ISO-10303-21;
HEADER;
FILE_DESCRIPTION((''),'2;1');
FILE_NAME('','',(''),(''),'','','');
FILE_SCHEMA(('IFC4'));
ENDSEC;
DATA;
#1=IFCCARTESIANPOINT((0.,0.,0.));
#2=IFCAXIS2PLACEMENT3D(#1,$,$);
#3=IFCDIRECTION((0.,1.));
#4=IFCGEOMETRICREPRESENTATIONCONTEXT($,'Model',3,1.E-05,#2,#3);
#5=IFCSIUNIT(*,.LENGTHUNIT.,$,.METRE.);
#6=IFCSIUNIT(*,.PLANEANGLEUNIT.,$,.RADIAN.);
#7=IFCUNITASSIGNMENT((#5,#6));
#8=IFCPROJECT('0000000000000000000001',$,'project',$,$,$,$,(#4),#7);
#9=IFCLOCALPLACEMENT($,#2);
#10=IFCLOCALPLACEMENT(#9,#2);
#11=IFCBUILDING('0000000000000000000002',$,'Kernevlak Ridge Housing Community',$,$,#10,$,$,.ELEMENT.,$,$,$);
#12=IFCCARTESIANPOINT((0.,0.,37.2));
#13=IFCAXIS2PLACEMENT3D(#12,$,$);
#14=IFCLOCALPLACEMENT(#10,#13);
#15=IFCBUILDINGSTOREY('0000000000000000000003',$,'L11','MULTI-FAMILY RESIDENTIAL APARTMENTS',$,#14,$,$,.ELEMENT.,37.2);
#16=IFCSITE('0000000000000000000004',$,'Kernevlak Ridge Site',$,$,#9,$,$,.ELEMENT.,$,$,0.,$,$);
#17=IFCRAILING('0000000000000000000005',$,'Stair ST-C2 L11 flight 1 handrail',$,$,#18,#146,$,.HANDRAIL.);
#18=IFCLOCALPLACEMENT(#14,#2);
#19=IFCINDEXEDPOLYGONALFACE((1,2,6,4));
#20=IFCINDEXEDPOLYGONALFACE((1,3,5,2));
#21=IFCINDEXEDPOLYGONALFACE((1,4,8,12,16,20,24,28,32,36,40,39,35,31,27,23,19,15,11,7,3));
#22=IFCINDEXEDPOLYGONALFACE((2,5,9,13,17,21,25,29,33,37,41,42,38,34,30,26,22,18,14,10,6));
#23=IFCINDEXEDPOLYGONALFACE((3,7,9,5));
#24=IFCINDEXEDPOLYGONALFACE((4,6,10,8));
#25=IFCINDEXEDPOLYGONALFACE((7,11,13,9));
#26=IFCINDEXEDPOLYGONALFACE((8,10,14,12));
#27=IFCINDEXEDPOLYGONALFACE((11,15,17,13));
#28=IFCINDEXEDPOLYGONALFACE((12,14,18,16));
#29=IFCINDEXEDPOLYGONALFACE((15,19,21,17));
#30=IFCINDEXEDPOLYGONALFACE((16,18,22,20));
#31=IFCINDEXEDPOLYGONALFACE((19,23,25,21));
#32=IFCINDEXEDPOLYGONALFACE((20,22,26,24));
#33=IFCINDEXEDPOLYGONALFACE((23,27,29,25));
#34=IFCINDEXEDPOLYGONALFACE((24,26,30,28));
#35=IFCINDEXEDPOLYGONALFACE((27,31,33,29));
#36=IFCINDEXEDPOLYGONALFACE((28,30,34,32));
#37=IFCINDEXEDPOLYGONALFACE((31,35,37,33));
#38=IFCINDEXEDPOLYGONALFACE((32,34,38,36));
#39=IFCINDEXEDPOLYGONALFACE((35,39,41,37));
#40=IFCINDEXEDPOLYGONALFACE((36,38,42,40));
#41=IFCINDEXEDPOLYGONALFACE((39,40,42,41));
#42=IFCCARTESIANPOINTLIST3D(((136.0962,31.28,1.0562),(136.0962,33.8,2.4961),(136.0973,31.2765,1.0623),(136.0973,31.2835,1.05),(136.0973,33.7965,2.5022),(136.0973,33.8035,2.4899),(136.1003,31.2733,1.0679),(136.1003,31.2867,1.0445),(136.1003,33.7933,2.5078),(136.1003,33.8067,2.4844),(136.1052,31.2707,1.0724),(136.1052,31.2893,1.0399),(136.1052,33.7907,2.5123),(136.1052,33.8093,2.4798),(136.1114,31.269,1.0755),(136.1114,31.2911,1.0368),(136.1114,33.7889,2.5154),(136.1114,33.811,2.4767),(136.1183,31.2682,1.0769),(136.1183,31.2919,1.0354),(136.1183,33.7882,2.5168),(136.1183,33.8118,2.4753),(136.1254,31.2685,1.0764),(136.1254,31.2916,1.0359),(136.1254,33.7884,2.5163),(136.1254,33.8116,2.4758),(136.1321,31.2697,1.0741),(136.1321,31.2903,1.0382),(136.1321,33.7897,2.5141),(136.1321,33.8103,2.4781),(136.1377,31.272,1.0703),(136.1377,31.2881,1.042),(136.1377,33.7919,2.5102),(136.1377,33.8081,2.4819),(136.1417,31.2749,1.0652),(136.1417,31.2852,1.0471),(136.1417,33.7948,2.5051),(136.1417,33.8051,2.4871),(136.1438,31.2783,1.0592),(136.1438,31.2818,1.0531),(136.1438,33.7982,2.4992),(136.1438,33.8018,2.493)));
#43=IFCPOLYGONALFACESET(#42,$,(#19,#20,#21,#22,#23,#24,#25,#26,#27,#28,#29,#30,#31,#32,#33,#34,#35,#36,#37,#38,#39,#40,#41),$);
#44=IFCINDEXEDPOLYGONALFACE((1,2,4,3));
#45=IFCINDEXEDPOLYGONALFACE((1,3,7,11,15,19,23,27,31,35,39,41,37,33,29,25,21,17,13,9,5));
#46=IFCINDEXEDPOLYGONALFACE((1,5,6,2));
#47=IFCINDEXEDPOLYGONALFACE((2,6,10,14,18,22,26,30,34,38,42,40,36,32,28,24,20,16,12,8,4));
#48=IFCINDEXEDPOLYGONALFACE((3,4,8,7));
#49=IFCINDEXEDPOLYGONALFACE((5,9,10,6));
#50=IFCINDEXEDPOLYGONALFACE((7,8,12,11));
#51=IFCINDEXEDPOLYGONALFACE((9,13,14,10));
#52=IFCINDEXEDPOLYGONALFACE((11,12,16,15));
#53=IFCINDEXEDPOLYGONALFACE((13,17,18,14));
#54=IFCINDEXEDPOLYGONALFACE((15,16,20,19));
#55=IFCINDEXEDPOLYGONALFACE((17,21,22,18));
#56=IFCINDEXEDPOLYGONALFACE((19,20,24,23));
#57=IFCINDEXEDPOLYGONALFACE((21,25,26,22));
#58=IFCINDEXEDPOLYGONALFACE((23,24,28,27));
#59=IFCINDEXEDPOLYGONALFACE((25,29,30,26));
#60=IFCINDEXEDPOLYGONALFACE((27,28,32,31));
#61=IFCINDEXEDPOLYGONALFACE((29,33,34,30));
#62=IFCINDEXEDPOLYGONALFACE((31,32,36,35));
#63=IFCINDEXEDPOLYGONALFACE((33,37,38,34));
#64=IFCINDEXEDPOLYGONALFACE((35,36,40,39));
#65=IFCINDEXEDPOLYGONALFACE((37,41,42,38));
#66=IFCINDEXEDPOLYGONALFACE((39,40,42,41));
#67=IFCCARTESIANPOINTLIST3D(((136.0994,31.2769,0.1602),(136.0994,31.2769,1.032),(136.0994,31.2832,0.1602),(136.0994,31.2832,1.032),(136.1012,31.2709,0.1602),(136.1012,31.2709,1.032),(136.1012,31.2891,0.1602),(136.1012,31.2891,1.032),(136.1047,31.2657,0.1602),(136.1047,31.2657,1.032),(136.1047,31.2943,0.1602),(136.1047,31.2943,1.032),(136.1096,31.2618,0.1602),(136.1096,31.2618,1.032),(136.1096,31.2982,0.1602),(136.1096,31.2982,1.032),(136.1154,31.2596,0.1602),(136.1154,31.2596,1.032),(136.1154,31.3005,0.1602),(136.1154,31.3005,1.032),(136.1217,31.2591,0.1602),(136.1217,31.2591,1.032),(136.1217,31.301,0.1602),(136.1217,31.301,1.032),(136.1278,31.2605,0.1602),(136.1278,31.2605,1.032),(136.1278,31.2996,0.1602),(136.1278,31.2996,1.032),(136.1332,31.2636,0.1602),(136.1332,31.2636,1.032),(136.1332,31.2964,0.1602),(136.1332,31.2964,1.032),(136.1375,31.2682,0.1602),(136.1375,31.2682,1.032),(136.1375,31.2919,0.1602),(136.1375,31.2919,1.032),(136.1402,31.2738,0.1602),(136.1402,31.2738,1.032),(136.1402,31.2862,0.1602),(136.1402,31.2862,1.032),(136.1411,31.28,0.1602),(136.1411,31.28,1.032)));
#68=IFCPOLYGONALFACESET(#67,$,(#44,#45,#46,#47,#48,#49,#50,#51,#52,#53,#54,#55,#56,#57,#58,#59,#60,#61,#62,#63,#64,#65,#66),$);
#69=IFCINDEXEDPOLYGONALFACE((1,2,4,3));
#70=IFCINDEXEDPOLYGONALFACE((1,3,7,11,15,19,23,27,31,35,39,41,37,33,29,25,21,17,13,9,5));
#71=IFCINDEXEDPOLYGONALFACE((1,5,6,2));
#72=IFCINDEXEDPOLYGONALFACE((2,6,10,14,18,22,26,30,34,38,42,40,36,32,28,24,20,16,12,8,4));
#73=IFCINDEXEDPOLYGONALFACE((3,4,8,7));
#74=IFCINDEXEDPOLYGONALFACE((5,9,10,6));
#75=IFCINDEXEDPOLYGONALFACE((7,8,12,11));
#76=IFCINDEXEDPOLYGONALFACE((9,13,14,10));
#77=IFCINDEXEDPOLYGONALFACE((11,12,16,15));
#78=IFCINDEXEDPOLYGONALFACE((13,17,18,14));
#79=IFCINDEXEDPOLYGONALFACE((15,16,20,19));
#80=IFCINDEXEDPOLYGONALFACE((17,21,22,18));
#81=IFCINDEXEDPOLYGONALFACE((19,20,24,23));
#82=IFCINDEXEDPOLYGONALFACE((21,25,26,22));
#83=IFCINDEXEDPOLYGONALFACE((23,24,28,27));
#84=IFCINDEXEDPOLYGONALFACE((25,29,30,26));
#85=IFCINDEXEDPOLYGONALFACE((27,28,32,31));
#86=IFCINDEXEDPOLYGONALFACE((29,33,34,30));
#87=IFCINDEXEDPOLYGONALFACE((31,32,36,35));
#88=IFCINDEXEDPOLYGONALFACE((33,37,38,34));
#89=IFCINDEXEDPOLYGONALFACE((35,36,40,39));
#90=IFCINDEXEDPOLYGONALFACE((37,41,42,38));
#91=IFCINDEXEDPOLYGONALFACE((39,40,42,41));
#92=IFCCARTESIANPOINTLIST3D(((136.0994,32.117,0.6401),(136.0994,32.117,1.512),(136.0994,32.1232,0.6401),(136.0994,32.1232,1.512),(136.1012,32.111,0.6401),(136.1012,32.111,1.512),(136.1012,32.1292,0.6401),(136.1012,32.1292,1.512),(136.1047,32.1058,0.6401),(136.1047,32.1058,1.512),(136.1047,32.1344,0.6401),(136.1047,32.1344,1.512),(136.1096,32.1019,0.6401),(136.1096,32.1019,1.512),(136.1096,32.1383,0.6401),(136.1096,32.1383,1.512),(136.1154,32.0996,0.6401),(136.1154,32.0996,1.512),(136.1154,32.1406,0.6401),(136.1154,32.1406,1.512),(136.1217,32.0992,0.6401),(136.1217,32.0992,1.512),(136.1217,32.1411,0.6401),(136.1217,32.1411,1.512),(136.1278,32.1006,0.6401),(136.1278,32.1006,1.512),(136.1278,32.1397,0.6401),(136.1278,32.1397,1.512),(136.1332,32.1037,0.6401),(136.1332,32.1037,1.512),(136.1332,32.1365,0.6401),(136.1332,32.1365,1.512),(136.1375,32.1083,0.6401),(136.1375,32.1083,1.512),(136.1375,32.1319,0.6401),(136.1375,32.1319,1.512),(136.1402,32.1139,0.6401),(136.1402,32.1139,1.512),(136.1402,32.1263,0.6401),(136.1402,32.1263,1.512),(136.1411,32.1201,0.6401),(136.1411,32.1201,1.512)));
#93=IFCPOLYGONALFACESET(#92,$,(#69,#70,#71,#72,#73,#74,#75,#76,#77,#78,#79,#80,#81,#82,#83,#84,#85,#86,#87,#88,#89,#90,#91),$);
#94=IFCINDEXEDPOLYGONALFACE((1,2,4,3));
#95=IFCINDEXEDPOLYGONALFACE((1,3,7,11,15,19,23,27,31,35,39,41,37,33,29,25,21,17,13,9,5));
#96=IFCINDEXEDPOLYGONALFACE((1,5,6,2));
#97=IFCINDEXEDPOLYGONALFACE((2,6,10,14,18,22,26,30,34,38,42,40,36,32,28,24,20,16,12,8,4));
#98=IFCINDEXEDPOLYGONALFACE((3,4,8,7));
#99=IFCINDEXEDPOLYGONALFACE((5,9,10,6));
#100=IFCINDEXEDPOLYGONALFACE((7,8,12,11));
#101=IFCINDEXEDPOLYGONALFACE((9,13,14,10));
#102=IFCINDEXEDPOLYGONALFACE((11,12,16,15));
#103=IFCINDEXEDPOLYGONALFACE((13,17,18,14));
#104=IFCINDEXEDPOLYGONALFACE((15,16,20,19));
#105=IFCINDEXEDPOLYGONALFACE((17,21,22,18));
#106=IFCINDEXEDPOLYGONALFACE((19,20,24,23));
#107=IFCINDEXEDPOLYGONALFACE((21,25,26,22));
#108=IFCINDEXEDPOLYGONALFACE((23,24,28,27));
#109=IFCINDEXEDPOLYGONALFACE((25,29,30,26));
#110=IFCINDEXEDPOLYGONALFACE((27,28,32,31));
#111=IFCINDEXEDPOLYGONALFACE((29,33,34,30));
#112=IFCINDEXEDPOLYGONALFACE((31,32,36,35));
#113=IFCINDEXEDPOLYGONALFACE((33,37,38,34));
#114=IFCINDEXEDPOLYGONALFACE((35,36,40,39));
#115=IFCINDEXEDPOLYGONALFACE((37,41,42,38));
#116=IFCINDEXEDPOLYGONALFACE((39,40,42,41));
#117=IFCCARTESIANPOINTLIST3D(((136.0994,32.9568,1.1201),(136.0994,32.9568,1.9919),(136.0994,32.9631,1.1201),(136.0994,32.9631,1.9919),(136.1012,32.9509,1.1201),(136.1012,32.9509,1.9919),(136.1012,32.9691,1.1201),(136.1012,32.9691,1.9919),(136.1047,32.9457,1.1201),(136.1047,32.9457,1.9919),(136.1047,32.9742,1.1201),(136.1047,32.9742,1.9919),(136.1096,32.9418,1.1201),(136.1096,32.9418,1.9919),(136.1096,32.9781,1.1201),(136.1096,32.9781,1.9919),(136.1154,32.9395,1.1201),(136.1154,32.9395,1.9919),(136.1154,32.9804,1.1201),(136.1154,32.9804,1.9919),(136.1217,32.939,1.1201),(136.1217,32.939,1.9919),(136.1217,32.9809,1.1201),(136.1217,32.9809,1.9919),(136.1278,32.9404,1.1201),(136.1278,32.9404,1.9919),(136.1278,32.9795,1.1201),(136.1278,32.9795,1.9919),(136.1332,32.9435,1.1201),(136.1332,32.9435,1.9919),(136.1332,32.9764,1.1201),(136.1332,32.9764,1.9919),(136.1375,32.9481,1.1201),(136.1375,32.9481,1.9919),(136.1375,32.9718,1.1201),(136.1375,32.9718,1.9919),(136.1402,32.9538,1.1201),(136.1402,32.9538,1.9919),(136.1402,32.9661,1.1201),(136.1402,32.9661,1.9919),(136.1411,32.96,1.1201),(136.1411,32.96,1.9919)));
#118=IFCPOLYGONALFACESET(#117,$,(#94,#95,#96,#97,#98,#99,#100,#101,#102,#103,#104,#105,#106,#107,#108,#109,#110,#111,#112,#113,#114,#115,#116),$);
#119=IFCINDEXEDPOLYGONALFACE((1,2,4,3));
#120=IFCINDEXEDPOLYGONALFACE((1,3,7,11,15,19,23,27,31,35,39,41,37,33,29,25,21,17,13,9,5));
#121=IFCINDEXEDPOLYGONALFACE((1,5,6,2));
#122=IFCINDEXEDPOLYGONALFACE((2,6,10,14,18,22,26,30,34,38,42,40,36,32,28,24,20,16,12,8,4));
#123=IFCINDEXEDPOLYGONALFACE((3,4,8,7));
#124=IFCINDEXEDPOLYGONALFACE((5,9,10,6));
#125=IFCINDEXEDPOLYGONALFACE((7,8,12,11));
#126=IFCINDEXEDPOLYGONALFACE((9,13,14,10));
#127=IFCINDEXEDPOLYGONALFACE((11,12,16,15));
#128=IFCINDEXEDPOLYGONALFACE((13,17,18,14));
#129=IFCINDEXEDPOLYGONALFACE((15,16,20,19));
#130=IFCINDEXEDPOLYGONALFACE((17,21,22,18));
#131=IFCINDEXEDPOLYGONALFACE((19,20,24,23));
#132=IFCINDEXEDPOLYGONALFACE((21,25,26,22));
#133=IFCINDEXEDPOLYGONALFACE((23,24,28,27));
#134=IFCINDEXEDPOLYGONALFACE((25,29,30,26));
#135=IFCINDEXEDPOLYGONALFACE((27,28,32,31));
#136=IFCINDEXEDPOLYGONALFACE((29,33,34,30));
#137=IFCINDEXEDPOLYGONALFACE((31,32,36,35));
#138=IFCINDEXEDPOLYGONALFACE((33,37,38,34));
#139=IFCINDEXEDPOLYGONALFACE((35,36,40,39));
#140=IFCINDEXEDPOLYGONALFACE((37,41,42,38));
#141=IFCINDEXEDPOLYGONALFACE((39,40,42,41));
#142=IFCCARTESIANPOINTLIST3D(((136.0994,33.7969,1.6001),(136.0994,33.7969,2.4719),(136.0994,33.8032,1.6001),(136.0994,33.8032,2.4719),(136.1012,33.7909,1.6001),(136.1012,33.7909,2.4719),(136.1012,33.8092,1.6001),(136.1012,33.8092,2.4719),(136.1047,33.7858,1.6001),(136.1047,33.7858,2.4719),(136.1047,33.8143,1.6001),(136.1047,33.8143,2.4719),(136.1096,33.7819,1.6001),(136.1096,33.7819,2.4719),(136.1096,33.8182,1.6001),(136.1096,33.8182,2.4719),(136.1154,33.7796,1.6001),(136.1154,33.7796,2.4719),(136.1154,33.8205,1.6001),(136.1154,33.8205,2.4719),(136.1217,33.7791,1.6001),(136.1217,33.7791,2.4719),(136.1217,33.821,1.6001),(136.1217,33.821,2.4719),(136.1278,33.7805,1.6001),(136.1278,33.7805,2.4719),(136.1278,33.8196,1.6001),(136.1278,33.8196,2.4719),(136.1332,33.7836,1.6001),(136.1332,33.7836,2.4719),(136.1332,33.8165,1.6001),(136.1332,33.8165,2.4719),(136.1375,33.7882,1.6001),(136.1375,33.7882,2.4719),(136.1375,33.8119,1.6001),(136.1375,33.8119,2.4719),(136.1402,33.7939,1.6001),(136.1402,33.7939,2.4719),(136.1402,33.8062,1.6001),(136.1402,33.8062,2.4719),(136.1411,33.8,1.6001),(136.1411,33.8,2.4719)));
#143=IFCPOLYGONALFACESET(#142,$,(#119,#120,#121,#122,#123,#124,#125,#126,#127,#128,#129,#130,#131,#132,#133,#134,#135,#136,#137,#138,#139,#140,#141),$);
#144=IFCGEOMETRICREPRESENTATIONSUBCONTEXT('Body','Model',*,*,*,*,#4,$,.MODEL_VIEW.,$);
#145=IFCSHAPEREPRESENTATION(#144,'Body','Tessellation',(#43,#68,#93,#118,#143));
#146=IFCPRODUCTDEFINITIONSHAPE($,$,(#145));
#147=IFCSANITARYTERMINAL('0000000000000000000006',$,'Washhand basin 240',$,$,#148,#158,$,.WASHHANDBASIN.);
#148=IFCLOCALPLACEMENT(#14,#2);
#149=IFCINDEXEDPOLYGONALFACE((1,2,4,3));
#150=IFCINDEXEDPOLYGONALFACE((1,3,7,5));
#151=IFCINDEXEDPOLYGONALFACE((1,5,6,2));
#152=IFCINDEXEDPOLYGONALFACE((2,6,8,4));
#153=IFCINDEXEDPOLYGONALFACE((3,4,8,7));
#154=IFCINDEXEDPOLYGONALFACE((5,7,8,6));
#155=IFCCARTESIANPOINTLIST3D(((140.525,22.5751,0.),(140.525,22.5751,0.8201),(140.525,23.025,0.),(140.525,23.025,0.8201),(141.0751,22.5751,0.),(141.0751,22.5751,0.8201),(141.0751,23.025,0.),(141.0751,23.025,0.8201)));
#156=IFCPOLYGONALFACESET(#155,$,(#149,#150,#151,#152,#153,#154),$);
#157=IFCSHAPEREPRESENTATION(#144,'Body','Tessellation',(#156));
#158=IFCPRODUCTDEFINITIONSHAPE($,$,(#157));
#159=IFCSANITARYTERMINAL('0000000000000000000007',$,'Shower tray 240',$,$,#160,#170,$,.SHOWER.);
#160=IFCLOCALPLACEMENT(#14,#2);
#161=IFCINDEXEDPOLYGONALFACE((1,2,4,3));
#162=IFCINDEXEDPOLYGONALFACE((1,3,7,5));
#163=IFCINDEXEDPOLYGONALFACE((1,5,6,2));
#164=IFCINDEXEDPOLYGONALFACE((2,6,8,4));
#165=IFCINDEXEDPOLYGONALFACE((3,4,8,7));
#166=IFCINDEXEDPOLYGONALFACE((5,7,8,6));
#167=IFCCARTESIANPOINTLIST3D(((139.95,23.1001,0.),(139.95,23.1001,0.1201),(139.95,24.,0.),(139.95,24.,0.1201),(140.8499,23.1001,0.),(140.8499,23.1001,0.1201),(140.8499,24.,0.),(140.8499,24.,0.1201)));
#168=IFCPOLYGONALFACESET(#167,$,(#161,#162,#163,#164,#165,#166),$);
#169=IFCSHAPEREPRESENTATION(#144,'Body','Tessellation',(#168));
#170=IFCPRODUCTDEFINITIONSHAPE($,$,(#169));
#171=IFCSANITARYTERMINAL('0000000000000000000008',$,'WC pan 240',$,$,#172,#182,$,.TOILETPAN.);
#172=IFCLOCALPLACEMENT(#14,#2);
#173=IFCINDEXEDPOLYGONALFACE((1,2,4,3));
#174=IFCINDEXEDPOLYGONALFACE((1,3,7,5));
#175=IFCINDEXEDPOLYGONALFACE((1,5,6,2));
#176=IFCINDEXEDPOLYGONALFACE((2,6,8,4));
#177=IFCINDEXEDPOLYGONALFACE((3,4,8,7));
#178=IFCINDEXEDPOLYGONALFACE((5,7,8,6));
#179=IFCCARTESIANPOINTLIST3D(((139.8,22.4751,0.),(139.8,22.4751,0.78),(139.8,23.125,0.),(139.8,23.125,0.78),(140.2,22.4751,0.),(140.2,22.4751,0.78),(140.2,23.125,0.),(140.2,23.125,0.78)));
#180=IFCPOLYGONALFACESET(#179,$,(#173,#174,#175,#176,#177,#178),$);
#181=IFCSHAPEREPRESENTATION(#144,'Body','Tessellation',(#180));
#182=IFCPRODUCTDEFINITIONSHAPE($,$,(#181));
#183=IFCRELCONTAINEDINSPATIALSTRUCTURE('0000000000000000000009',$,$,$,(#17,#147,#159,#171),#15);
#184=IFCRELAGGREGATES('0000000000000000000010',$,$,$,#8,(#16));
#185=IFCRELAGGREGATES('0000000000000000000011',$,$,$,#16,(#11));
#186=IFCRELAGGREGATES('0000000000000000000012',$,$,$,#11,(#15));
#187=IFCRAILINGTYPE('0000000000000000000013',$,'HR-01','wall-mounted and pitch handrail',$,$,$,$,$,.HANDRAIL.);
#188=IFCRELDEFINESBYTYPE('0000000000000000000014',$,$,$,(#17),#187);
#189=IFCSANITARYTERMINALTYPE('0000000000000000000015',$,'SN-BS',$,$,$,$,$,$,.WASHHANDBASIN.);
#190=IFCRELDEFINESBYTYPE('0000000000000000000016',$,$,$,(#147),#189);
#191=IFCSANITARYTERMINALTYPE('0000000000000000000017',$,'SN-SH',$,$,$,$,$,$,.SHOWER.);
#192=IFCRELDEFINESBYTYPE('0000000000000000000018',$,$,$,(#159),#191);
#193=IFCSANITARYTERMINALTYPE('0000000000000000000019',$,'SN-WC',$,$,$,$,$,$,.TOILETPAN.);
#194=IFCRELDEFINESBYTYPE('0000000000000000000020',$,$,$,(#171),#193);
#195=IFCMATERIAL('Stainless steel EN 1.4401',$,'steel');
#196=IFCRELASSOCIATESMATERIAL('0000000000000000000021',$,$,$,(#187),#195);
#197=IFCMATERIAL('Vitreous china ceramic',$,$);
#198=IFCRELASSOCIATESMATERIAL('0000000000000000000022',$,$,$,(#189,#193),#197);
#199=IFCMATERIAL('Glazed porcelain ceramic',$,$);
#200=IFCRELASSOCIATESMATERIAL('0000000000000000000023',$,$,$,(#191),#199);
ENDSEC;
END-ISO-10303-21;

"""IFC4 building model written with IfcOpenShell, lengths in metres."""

from ifc_helpers import new_model, si_unit, direction, frame, origin, origin_2d, place, context, subcontext, project, spatial, rectangle, circle, extrude, material, type_object, element, save


model = new_model("IFC4")

# Units and contexts
model_context = context("Model", 3, precision=1e-05, world=origin(), true_north=direction((0.0, 1.0)))
body_context = subcontext(model_context, "Body", "Model", "MODEL_VIEW")
ifc_project = project(units=[si_unit("LENGTHUNIT", "METRE"), si_unit("PLANEANGLEUNIT", "RADIAN")], contexts=[model_context])

# Site, building, storey
site_placement = place(None, origin())
site = spatial("IfcSite", under=ifc_project, at=site_placement, Name="Kernevlak Ridge Site", CompositionType="ELEMENT", RefElevation=0.0)
building_placement = place(site_placement, origin())
building = spatial("IfcBuilding", under=site, at=building_placement, Name="Kernevlak Ridge Housing Community", CompositionType="ELEMENT")
storey_placement = place(building_placement, frame((0.0, 0.0, 37.2)))
storey = spatial("IfcBuildingStorey", under=building, at=storey_placement, Name="L11", Description="MULTI-FAMILY RESIDENTIAL APARTMENTS", CompositionType="ELEMENT", Elevation=37.2)

# Railing
ifc_material_1 = material(Name="Stainless steel EN 1.4401", Category="steel")
railing_type = type_object("IfcRailingType", Name="HR-01", Description="wall-mounted and pitch handrail", PredefinedType="HANDRAIL", material=ifc_material_1)
railing_placement = place(storey_placement, frame((136.1201, 31.28, 0.1602)))
element("IfcRailing", 1, at=railing_placement, inside=storey, type_object=railing_type, Name="Stair ST-C2 L11 flight 1 handrail", PredefinedType="HANDRAIL", context=body_context, shape_type="SweptSolid", body=[
    extrude(circle(Radius=0.0239, at=origin_2d()), frame((0.0, 0.0, 0.896), z_axis=(0.0, 0.868253, 0.496121), x_axis=(-1.0, 0.0, 0.0)), (0.0, 0.0, 1.0), 2.9023),
    extrude(circle(Radius=0.021, at=origin_2d()), origin(), (0.0, 0.0, 1.0), 0.8718),
    extrude(circle(Radius=0.021, at=origin_2d()), frame((0.0, 0.8401, 0.48)), (0.0, 0.0, 1.0), 0.8718),
    extrude(circle(Radius=0.021, at=origin_2d()), frame((0.0, 1.6799, 0.96)), (0.0, 0.0, 1.0), 0.8718),
    extrude(circle(Radius=0.021, at=origin_2d()), frame((0.0, 2.52, 1.4399)), (0.0, 0.0, 1.0), 0.8718),
])

# Sanitary terminals
ifc_material_2 = material(Name="Vitreous china ceramic")
sanitary_terminal_type_1 = type_object("IfcSanitaryTerminalType", Name="SN-BS", PredefinedType="WASHHANDBASIN", material=ifc_material_2)
sanitary_terminal_1_placement = place(storey_placement, frame((140.8, 22.8, 0.0), z_axis=(0.0, 0.0, 1.0), x_axis=(1.0, 0.0, 0.0)))
element("IfcSanitaryTerminal", 2, at=sanitary_terminal_1_placement, inside=storey, type_object=sanitary_terminal_type_1, Name="Washhand basin 240", PredefinedType="WASHHANDBASIN", context=body_context, shape_type="SweptSolid", body=[
    extrude(rectangle(XDim=0.55, YDim=0.45, at=origin_2d()), origin(), (0.0, 0.0, 1.0), 0.8201),
])
ifc_material_3 = material(Name="Glazed porcelain ceramic")
sanitary_terminal_type_2 = type_object("IfcSanitaryTerminalType", Name="SN-SH", PredefinedType="SHOWER", material=ifc_material_3)
sanitary_terminal_2_placement = place(storey_placement, frame((140.3999, 23.55, 0.0), z_axis=(0.0, 0.0, 1.0), x_axis=(1.0, 0.0, 0.0)))
element("IfcSanitaryTerminal", 3, at=sanitary_terminal_2_placement, inside=storey, type_object=sanitary_terminal_type_2, Name="Shower tray 240", PredefinedType="SHOWER", context=body_context, shape_type="SweptSolid", body=[
    extrude(rectangle(XDim=0.8999, YDim=0.8999, at=origin_2d()), origin(), (0.0, 0.0, 1.0), 0.1201),
])
sanitary_terminal_type_3 = type_object("IfcSanitaryTerminalType", Name="SN-WC", PredefinedType="TOILETPAN", material=ifc_material_2)
sanitary_terminal_3_placement = place(storey_placement, frame((140.0, 22.8, 0.0), z_axis=(0.0, 0.0, 1.0), x_axis=(1.0, 0.0, 0.0)))
element("IfcSanitaryTerminal", 4, at=sanitary_terminal_3_placement, inside=storey, type_object=sanitary_terminal_type_3, Name="WC pan 240", PredefinedType="TOILETPAN", context=body_context, shape_type="SweptSolid", body=[
    extrude(rectangle(XDim=0.3999, YDim=0.6499, at=origin_2d()), origin(), (0.0, 0.0, 1.0), 0.78),
])

save(model, "model.ifc")
